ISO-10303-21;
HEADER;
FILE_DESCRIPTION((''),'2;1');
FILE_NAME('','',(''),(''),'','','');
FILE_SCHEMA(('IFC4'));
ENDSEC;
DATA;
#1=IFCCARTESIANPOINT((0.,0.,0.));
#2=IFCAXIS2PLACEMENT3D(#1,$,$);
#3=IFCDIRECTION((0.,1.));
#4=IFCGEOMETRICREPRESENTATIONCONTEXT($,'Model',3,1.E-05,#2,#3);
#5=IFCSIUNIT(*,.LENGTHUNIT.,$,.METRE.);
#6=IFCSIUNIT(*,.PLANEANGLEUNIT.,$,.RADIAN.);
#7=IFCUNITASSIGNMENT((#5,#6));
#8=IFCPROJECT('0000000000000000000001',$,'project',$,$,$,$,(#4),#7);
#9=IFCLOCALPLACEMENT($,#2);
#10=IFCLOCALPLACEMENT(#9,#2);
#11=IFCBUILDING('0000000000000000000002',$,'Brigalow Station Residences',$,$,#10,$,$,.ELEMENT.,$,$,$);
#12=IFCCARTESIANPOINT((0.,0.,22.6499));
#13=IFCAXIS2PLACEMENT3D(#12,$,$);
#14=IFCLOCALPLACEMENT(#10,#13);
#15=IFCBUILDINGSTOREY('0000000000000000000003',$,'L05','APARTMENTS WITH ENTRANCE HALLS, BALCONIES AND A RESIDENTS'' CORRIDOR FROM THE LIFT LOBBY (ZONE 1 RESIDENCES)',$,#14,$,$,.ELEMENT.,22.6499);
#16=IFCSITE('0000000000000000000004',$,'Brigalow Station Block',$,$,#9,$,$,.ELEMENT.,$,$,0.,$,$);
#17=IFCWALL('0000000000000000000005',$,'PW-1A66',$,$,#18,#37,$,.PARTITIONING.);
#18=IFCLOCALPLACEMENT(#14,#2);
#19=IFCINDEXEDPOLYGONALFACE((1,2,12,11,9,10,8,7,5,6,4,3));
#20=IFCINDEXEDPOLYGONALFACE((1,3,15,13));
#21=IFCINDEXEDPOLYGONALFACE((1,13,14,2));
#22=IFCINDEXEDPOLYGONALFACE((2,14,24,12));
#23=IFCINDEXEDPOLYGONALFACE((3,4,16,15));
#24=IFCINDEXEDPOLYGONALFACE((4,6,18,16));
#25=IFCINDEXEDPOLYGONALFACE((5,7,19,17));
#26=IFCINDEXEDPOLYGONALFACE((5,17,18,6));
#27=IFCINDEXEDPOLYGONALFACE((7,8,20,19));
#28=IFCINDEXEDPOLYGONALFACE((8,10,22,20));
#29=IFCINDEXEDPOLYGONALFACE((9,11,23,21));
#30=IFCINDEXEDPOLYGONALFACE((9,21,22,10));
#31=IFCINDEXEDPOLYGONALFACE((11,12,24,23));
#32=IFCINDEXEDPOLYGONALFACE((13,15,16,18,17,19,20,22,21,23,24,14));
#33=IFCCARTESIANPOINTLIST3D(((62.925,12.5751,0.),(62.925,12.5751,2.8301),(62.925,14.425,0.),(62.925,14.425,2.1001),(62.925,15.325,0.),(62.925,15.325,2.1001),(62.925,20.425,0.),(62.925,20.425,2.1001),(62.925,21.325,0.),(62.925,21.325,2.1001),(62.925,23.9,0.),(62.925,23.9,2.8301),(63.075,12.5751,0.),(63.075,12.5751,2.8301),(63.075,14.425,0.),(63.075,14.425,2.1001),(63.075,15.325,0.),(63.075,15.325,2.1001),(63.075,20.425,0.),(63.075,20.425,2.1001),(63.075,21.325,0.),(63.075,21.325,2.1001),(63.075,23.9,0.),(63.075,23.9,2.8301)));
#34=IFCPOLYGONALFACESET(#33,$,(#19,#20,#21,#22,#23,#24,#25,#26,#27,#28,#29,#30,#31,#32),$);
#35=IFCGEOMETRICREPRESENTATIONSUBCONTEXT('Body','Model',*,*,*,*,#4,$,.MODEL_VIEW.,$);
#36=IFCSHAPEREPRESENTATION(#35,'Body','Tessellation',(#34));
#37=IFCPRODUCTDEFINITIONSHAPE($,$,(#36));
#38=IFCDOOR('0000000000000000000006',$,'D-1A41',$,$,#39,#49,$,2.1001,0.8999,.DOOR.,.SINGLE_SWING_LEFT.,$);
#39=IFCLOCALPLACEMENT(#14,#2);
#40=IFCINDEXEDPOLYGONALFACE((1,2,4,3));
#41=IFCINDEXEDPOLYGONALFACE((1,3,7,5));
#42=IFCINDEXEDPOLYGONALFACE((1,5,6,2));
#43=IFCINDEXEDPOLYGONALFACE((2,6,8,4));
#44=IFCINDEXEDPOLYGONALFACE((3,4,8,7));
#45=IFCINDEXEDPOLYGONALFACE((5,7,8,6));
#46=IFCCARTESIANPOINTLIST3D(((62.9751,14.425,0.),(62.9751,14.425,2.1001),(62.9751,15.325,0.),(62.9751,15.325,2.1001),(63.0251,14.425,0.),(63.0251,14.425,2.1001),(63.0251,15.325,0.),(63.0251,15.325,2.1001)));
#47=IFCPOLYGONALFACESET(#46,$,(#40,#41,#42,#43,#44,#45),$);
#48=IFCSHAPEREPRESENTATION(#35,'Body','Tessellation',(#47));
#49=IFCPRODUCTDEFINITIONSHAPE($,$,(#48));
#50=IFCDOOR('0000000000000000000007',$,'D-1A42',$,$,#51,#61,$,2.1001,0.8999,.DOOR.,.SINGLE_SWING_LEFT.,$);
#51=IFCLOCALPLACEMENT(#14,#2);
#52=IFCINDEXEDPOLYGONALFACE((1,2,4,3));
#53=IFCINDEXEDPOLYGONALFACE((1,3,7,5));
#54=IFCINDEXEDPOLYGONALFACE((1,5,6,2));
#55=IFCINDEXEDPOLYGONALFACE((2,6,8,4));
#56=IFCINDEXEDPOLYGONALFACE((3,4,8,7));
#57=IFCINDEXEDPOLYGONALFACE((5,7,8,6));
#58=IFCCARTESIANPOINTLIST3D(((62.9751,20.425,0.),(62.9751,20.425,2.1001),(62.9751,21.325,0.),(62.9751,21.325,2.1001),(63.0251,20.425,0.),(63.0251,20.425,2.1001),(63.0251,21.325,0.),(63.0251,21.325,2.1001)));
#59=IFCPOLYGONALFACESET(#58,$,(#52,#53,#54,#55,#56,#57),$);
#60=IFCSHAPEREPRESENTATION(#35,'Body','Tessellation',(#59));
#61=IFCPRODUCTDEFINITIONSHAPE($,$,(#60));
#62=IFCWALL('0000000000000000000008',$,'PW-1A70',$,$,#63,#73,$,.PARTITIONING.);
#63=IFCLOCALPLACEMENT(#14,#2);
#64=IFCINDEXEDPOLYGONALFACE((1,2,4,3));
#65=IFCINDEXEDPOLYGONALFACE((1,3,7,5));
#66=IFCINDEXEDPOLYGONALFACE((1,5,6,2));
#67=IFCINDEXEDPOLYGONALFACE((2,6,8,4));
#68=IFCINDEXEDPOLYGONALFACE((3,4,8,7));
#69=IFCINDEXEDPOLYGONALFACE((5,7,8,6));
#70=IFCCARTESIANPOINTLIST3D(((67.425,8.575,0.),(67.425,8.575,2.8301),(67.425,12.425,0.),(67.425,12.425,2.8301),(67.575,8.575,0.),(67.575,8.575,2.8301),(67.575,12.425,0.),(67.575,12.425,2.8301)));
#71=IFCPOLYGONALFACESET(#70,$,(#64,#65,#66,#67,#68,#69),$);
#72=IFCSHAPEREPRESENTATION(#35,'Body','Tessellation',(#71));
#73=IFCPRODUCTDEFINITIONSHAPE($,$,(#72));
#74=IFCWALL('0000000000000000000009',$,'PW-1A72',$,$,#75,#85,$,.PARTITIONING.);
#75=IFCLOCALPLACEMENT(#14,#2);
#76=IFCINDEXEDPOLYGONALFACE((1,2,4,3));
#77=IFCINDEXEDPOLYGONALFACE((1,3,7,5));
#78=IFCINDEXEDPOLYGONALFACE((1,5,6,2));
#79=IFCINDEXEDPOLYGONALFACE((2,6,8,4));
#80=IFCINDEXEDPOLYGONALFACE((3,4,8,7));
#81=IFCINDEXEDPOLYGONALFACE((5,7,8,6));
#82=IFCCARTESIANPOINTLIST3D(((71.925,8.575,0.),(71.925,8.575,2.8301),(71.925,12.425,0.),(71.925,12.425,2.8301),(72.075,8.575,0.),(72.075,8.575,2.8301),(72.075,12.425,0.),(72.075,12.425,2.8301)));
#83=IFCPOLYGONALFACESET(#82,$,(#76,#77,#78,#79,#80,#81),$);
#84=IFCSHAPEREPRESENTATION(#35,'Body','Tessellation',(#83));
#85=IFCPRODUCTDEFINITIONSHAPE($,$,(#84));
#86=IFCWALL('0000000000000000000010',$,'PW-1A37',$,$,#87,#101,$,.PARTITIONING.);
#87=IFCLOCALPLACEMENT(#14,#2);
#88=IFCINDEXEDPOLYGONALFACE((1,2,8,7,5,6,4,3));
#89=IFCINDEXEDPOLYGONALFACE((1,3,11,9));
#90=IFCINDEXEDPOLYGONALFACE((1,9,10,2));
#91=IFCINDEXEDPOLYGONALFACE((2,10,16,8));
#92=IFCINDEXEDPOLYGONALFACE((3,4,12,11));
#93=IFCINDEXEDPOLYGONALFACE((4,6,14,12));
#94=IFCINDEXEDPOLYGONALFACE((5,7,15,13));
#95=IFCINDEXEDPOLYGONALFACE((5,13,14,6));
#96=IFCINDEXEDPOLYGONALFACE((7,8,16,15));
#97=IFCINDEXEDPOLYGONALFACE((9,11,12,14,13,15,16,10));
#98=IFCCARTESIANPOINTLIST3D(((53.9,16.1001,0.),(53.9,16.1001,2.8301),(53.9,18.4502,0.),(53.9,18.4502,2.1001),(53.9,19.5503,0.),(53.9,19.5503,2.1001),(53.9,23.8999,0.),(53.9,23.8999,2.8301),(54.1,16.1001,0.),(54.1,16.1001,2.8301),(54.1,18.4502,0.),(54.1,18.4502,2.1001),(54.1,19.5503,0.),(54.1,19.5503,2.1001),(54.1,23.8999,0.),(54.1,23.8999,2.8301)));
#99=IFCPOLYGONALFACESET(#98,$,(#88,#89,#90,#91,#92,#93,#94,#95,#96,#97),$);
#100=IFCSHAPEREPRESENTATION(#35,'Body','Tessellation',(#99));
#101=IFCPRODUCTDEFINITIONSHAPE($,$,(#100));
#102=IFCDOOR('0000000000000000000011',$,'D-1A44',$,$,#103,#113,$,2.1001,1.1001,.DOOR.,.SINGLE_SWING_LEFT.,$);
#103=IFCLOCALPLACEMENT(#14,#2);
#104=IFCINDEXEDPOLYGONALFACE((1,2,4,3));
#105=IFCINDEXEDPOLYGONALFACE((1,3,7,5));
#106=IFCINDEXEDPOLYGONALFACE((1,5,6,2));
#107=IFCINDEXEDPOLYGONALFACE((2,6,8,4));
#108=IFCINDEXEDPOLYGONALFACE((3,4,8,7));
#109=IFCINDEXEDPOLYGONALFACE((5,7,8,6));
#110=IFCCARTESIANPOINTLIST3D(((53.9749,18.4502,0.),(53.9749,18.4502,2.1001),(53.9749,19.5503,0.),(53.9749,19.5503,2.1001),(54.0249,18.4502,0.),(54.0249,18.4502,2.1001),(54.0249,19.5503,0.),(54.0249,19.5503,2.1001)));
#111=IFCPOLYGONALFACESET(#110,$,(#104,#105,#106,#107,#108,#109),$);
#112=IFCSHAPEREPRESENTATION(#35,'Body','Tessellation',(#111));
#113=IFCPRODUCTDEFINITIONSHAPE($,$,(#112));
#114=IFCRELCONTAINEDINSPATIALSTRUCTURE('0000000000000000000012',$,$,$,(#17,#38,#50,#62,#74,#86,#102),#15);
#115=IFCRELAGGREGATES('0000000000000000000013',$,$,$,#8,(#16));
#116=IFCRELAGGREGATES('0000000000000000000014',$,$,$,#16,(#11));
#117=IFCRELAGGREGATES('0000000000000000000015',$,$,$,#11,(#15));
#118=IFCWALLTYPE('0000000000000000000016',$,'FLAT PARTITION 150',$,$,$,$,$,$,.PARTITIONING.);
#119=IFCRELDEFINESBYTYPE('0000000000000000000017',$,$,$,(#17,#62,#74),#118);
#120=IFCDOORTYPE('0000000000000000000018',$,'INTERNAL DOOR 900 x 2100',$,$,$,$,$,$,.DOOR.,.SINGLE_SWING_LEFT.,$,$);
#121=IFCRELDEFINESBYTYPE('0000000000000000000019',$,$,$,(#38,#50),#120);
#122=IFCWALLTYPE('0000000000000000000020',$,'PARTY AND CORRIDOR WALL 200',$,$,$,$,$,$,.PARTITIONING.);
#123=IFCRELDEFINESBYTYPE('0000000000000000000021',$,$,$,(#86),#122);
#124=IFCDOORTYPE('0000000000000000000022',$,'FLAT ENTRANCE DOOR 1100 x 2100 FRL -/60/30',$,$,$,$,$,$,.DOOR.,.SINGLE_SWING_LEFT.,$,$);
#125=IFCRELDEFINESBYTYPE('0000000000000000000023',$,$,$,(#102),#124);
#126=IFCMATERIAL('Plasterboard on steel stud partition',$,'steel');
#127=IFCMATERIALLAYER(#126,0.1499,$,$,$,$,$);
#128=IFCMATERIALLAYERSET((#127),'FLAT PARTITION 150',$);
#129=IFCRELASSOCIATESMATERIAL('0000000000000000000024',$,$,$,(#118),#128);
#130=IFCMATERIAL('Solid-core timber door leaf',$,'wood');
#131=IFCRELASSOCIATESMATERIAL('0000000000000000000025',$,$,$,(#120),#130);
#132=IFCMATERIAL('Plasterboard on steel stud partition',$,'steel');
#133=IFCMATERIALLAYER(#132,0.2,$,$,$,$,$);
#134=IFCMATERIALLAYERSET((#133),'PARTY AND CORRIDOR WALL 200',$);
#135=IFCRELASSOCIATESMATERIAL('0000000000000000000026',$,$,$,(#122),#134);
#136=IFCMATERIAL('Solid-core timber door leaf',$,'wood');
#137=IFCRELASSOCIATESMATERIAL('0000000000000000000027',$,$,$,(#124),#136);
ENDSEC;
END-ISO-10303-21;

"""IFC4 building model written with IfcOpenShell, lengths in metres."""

from ifc_helpers import new_model, si_unit, direction, frame, frame_2d, origin, place, context, subcontext, project, spatial, rectangle, extrude, material, layer, layer_set, type_object, element, fill, save


model = new_model("IFC4")

# Units and contexts
model_context = context("Model", 3, precision=1e-05, world=origin(), true_north=direction((0.0, 1.0)))
body_context = subcontext(model_context, "Body", "Model", "MODEL_VIEW")
ifc_project = project(units=[si_unit("LENGTHUNIT", "METRE"), si_unit("PLANEANGLEUNIT", "RADIAN")], contexts=[model_context])

# Site, building, storey
site_placement = place(None, origin())
site = spatial("IfcSite", under=ifc_project, at=site_placement, Name="Brigalow Station Block", CompositionType="ELEMENT", RefElevation=0.0)
building_placement = place(site_placement, origin())
building = spatial("IfcBuilding", under=site, at=building_placement, Name="Brigalow Station Residences", CompositionType="ELEMENT")
storey_placement = place(building_placement, frame((0.0, 0.0, 22.6499)))
storey = spatial("IfcBuildingStorey", under=building, at=storey_placement, Name="L05", Description="APARTMENTS WITH ENTRANCE HALLS, BALCONIES AND A RESIDENTS' CORRIDOR FROM THE LIFT LOBBY (ZONE 1 RESIDENCES)", CompositionType="ELEMENT", Elevation=22.6499)

# Shared definitions
ifc_material_1 = material(Name="Plasterboard on steel stud partition", Category="steel")
ifc_layer_1 = layer(ifc_material_1, 0.1499)
ifc_layer_set_1 = layer_set([ifc_layer_1], Name="FLAT PARTITION 150")
wall_type_1 = type_object("IfcWallType", Name="FLAT PARTITION 150", PredefinedType="PARTITIONING", material=ifc_layer_set_1)

# Shared definitions
ifc_material_2 = material(Name="Solid-core timber door leaf", Category="wood")
door_type_1 = type_object("IfcDoorType", Name="INTERNAL DOOR 900 x 2100", OperationType="SINGLE_SWING_LEFT", PredefinedType="DOOR", material=ifc_material_2)

# Wall, openings, doors
wall_1_placement = place(storey_placement, frame((63.0, 12.575, 0.0), z_axis=(0.0, 0.0, 1.0), x_axis=(0.0, 1.0, 0.0)))
wall_1 = element("IfcWall", 1, at=wall_1_placement, inside=storey, type_object=wall_type_1, Name="PW-1A66", PredefinedType="PARTITIONING", context=body_context, shape_type="SweptSolid", body=[
    extrude(rectangle(XDim=11.325, YDim=0.1499, at=frame_2d((5.6626, 0.0))), origin(), (0.0, 0.0, 1.0), 2.8301),
])
opening_1_placement = place(wall_1_placement, frame((1.8501, 0.0, 0.0)))
opening_1 = element("IfcOpeningElement", 2, at=opening_1_placement, cuts=wall_1, PredefinedType="OPENING", context=body_context, shape_type="SweptSolid", body=[
    extrude(rectangle(XDim=0.8999, YDim=2.1001, at=frame_2d((0.45, 1.05))), frame((0.0, 0.085, 0.0), z_axis=(0.0, -1.0, 0.0), x_axis=(1.0, 0.0, 0.0)), (0.0, 0.0, 1.0), 0.1699),
])
opening_2_placement = place(wall_1_placement, frame((7.8501, 0.0, 0.0)))
opening_2 = element("IfcOpeningElement", 3, at=opening_2_placement, cuts=wall_1, PredefinedType="OPENING", context=body_context, shape_type="SweptSolid", body=[
    extrude(rectangle(XDim=0.8999, YDim=2.1001, at=frame_2d((0.45, 1.05))), frame((0.0, 0.085, 0.0), z_axis=(0.0, -1.0, 0.0), x_axis=(1.0, 0.0, 0.0)), (0.0, 0.0, 1.0), 0.1699),
])
door_1_placement = place(opening_1_placement, origin())
door_1 = element("IfcDoor", 4, at=door_1_placement, inside=storey, type_object=door_type_1, Name="D-1A41", OperationType="SINGLE_SWING_LEFT", OverallHeight=2.1001, OverallWidth=0.8999, PredefinedType="DOOR", context=body_context, shape_type="SweptSolid", body=[
    extrude(rectangle(XDim=0.8999, YDim=2.1001, at=frame_2d((0.45, 1.05))), frame((0.0, 0.0249, 0.0), z_axis=(0.0, -1.0, 0.0), x_axis=(1.0, 0.0, 0.0)), (0.0, 0.0, 1.0), 0.05),
])
fill(opening_1, door_1)
door_2_placement = place(opening_2_placement, origin())
door_2 = element("IfcDoor", 5, at=door_2_placement, inside=storey, type_object=door_type_1, Name="D-1A42", OperationType="SINGLE_SWING_LEFT", OverallHeight=2.1001, OverallWidth=0.8999, PredefinedType="DOOR", context=body_context, shape_type="SweptSolid", body=[
    extrude(rectangle(XDim=0.8999, YDim=2.1001, at=frame_2d((0.45, 1.05))), frame((0.0, 0.0249, 0.0), z_axis=(0.0, -1.0, 0.0), x_axis=(1.0, 0.0, 0.0)), (0.0, 0.0, 1.0), 0.05),
])
fill(opening_2, door_2)

# Walls
for number, where, z_axis, x_axis, name in (
    (6, (67.5, 8.575, 0.0), (0.0, 0.0, 1.0), (0.0, 1.0, 0.0), "PW-1A70"),
    (7, (72.0, 8.575, 0.0), (0.0, 0.0, 1.0), (0.0, 1.0, 0.0), "PW-1A72"),
):
    element("IfcWall", number, at=place(storey_placement, frame(where, z_axis=z_axis, x_axis=x_axis)), inside=storey, type_object=wall_type_1, Name=name, PredefinedType="PARTITIONING", context=body_context, shape_type="SweptSolid", body=[
        extrude(rectangle(XDim=3.8501, YDim=0.1499, at=frame_2d((1.925, 0.0))), origin(), (0.0, 0.0, 1.0), 2.8301),
    ])

# Wall, opening, door
ifc_material_3 = material(Name="Plasterboard on steel stud partition", Category="steel")
ifc_layer_2 = layer(ifc_material_3, 0.2)
ifc_layer_set_2 = layer_set([ifc_layer_2], Name="PARTY AND CORRIDOR WALL 200")
wall_type_2 = type_object("IfcWallType", Name="PARTY AND CORRIDOR WALL 200", PredefinedType="PARTITIONING", material=ifc_layer_set_2)
wall_2_placement = place(storey_placement, frame((54.0, 16.1001, 0.0), z_axis=(0.0, 0.0, 1.0), x_axis=(0.0, 1.0, 0.0)))
wall_2 = element("IfcWall", 8, at=wall_2_placement, inside=storey, type_object=wall_type_2, Name="PW-1A37", PredefinedType="PARTITIONING", context=body_context, shape_type="SweptSolid", body=[
    extrude(rectangle(XDim=7.7998, YDim=0.2, at=frame_2d((3.8999, 0.0))), origin(), (0.0, 0.0, 1.0), 2.8301),
])
opening_3_placement = place(wall_2_placement, frame((2.3501, 0.0, 0.0)))
opening_3 = element("IfcOpeningElement", 9, at=opening_3_placement, cuts=wall_2, PredefinedType="OPENING", context=body_context, shape_type="SweptSolid", body=[
    extrude(rectangle(XDim=1.1001, YDim=2.1001, at=frame_2d((0.55, 1.05))), frame((0.0, 0.1099, 0.0), z_axis=(0.0, -1.0, 0.0), x_axis=(1.0, 0.0, 0.0)), (0.0, 0.0, 1.0), 0.22),
])
ifc_material_4 = material(Name="Solid-core timber door leaf", Category="wood")
door_type_2 = type_object("IfcDoorType", Name="FLAT ENTRANCE DOOR 1100 x 2100 FRL -/60/30", OperationType="SINGLE_SWING_LEFT", PredefinedType="DOOR", material=ifc_material_4)
door_3_placement = place(opening_3_placement, frame((1.1001, 0.0, 0.0), z_axis=(0.0, 0.0, 1.0), x_axis=(-1.0, 0.0, 0.0)))
door_3 = element("IfcDoor", 10, at=door_3_placement, inside=storey, type_object=door_type_2, Name="D-1A44", OperationType="SINGLE_SWING_LEFT", OverallHeight=2.1001, OverallWidth=1.1001, PredefinedType="DOOR", context=body_context, shape_type="SweptSolid", body=[
    extrude(rectangle(XDim=1.1001, YDim=2.1001, at=frame_2d((0.55, 1.05))), frame((0.0, 0.0249, 0.0), z_axis=(0.0, -1.0, 0.0), x_axis=(1.0, 0.0, 0.0)), (0.0, 0.0, 1.0), 0.05),
])
fill(opening_3, door_3)

save(model, "model.ifc")
